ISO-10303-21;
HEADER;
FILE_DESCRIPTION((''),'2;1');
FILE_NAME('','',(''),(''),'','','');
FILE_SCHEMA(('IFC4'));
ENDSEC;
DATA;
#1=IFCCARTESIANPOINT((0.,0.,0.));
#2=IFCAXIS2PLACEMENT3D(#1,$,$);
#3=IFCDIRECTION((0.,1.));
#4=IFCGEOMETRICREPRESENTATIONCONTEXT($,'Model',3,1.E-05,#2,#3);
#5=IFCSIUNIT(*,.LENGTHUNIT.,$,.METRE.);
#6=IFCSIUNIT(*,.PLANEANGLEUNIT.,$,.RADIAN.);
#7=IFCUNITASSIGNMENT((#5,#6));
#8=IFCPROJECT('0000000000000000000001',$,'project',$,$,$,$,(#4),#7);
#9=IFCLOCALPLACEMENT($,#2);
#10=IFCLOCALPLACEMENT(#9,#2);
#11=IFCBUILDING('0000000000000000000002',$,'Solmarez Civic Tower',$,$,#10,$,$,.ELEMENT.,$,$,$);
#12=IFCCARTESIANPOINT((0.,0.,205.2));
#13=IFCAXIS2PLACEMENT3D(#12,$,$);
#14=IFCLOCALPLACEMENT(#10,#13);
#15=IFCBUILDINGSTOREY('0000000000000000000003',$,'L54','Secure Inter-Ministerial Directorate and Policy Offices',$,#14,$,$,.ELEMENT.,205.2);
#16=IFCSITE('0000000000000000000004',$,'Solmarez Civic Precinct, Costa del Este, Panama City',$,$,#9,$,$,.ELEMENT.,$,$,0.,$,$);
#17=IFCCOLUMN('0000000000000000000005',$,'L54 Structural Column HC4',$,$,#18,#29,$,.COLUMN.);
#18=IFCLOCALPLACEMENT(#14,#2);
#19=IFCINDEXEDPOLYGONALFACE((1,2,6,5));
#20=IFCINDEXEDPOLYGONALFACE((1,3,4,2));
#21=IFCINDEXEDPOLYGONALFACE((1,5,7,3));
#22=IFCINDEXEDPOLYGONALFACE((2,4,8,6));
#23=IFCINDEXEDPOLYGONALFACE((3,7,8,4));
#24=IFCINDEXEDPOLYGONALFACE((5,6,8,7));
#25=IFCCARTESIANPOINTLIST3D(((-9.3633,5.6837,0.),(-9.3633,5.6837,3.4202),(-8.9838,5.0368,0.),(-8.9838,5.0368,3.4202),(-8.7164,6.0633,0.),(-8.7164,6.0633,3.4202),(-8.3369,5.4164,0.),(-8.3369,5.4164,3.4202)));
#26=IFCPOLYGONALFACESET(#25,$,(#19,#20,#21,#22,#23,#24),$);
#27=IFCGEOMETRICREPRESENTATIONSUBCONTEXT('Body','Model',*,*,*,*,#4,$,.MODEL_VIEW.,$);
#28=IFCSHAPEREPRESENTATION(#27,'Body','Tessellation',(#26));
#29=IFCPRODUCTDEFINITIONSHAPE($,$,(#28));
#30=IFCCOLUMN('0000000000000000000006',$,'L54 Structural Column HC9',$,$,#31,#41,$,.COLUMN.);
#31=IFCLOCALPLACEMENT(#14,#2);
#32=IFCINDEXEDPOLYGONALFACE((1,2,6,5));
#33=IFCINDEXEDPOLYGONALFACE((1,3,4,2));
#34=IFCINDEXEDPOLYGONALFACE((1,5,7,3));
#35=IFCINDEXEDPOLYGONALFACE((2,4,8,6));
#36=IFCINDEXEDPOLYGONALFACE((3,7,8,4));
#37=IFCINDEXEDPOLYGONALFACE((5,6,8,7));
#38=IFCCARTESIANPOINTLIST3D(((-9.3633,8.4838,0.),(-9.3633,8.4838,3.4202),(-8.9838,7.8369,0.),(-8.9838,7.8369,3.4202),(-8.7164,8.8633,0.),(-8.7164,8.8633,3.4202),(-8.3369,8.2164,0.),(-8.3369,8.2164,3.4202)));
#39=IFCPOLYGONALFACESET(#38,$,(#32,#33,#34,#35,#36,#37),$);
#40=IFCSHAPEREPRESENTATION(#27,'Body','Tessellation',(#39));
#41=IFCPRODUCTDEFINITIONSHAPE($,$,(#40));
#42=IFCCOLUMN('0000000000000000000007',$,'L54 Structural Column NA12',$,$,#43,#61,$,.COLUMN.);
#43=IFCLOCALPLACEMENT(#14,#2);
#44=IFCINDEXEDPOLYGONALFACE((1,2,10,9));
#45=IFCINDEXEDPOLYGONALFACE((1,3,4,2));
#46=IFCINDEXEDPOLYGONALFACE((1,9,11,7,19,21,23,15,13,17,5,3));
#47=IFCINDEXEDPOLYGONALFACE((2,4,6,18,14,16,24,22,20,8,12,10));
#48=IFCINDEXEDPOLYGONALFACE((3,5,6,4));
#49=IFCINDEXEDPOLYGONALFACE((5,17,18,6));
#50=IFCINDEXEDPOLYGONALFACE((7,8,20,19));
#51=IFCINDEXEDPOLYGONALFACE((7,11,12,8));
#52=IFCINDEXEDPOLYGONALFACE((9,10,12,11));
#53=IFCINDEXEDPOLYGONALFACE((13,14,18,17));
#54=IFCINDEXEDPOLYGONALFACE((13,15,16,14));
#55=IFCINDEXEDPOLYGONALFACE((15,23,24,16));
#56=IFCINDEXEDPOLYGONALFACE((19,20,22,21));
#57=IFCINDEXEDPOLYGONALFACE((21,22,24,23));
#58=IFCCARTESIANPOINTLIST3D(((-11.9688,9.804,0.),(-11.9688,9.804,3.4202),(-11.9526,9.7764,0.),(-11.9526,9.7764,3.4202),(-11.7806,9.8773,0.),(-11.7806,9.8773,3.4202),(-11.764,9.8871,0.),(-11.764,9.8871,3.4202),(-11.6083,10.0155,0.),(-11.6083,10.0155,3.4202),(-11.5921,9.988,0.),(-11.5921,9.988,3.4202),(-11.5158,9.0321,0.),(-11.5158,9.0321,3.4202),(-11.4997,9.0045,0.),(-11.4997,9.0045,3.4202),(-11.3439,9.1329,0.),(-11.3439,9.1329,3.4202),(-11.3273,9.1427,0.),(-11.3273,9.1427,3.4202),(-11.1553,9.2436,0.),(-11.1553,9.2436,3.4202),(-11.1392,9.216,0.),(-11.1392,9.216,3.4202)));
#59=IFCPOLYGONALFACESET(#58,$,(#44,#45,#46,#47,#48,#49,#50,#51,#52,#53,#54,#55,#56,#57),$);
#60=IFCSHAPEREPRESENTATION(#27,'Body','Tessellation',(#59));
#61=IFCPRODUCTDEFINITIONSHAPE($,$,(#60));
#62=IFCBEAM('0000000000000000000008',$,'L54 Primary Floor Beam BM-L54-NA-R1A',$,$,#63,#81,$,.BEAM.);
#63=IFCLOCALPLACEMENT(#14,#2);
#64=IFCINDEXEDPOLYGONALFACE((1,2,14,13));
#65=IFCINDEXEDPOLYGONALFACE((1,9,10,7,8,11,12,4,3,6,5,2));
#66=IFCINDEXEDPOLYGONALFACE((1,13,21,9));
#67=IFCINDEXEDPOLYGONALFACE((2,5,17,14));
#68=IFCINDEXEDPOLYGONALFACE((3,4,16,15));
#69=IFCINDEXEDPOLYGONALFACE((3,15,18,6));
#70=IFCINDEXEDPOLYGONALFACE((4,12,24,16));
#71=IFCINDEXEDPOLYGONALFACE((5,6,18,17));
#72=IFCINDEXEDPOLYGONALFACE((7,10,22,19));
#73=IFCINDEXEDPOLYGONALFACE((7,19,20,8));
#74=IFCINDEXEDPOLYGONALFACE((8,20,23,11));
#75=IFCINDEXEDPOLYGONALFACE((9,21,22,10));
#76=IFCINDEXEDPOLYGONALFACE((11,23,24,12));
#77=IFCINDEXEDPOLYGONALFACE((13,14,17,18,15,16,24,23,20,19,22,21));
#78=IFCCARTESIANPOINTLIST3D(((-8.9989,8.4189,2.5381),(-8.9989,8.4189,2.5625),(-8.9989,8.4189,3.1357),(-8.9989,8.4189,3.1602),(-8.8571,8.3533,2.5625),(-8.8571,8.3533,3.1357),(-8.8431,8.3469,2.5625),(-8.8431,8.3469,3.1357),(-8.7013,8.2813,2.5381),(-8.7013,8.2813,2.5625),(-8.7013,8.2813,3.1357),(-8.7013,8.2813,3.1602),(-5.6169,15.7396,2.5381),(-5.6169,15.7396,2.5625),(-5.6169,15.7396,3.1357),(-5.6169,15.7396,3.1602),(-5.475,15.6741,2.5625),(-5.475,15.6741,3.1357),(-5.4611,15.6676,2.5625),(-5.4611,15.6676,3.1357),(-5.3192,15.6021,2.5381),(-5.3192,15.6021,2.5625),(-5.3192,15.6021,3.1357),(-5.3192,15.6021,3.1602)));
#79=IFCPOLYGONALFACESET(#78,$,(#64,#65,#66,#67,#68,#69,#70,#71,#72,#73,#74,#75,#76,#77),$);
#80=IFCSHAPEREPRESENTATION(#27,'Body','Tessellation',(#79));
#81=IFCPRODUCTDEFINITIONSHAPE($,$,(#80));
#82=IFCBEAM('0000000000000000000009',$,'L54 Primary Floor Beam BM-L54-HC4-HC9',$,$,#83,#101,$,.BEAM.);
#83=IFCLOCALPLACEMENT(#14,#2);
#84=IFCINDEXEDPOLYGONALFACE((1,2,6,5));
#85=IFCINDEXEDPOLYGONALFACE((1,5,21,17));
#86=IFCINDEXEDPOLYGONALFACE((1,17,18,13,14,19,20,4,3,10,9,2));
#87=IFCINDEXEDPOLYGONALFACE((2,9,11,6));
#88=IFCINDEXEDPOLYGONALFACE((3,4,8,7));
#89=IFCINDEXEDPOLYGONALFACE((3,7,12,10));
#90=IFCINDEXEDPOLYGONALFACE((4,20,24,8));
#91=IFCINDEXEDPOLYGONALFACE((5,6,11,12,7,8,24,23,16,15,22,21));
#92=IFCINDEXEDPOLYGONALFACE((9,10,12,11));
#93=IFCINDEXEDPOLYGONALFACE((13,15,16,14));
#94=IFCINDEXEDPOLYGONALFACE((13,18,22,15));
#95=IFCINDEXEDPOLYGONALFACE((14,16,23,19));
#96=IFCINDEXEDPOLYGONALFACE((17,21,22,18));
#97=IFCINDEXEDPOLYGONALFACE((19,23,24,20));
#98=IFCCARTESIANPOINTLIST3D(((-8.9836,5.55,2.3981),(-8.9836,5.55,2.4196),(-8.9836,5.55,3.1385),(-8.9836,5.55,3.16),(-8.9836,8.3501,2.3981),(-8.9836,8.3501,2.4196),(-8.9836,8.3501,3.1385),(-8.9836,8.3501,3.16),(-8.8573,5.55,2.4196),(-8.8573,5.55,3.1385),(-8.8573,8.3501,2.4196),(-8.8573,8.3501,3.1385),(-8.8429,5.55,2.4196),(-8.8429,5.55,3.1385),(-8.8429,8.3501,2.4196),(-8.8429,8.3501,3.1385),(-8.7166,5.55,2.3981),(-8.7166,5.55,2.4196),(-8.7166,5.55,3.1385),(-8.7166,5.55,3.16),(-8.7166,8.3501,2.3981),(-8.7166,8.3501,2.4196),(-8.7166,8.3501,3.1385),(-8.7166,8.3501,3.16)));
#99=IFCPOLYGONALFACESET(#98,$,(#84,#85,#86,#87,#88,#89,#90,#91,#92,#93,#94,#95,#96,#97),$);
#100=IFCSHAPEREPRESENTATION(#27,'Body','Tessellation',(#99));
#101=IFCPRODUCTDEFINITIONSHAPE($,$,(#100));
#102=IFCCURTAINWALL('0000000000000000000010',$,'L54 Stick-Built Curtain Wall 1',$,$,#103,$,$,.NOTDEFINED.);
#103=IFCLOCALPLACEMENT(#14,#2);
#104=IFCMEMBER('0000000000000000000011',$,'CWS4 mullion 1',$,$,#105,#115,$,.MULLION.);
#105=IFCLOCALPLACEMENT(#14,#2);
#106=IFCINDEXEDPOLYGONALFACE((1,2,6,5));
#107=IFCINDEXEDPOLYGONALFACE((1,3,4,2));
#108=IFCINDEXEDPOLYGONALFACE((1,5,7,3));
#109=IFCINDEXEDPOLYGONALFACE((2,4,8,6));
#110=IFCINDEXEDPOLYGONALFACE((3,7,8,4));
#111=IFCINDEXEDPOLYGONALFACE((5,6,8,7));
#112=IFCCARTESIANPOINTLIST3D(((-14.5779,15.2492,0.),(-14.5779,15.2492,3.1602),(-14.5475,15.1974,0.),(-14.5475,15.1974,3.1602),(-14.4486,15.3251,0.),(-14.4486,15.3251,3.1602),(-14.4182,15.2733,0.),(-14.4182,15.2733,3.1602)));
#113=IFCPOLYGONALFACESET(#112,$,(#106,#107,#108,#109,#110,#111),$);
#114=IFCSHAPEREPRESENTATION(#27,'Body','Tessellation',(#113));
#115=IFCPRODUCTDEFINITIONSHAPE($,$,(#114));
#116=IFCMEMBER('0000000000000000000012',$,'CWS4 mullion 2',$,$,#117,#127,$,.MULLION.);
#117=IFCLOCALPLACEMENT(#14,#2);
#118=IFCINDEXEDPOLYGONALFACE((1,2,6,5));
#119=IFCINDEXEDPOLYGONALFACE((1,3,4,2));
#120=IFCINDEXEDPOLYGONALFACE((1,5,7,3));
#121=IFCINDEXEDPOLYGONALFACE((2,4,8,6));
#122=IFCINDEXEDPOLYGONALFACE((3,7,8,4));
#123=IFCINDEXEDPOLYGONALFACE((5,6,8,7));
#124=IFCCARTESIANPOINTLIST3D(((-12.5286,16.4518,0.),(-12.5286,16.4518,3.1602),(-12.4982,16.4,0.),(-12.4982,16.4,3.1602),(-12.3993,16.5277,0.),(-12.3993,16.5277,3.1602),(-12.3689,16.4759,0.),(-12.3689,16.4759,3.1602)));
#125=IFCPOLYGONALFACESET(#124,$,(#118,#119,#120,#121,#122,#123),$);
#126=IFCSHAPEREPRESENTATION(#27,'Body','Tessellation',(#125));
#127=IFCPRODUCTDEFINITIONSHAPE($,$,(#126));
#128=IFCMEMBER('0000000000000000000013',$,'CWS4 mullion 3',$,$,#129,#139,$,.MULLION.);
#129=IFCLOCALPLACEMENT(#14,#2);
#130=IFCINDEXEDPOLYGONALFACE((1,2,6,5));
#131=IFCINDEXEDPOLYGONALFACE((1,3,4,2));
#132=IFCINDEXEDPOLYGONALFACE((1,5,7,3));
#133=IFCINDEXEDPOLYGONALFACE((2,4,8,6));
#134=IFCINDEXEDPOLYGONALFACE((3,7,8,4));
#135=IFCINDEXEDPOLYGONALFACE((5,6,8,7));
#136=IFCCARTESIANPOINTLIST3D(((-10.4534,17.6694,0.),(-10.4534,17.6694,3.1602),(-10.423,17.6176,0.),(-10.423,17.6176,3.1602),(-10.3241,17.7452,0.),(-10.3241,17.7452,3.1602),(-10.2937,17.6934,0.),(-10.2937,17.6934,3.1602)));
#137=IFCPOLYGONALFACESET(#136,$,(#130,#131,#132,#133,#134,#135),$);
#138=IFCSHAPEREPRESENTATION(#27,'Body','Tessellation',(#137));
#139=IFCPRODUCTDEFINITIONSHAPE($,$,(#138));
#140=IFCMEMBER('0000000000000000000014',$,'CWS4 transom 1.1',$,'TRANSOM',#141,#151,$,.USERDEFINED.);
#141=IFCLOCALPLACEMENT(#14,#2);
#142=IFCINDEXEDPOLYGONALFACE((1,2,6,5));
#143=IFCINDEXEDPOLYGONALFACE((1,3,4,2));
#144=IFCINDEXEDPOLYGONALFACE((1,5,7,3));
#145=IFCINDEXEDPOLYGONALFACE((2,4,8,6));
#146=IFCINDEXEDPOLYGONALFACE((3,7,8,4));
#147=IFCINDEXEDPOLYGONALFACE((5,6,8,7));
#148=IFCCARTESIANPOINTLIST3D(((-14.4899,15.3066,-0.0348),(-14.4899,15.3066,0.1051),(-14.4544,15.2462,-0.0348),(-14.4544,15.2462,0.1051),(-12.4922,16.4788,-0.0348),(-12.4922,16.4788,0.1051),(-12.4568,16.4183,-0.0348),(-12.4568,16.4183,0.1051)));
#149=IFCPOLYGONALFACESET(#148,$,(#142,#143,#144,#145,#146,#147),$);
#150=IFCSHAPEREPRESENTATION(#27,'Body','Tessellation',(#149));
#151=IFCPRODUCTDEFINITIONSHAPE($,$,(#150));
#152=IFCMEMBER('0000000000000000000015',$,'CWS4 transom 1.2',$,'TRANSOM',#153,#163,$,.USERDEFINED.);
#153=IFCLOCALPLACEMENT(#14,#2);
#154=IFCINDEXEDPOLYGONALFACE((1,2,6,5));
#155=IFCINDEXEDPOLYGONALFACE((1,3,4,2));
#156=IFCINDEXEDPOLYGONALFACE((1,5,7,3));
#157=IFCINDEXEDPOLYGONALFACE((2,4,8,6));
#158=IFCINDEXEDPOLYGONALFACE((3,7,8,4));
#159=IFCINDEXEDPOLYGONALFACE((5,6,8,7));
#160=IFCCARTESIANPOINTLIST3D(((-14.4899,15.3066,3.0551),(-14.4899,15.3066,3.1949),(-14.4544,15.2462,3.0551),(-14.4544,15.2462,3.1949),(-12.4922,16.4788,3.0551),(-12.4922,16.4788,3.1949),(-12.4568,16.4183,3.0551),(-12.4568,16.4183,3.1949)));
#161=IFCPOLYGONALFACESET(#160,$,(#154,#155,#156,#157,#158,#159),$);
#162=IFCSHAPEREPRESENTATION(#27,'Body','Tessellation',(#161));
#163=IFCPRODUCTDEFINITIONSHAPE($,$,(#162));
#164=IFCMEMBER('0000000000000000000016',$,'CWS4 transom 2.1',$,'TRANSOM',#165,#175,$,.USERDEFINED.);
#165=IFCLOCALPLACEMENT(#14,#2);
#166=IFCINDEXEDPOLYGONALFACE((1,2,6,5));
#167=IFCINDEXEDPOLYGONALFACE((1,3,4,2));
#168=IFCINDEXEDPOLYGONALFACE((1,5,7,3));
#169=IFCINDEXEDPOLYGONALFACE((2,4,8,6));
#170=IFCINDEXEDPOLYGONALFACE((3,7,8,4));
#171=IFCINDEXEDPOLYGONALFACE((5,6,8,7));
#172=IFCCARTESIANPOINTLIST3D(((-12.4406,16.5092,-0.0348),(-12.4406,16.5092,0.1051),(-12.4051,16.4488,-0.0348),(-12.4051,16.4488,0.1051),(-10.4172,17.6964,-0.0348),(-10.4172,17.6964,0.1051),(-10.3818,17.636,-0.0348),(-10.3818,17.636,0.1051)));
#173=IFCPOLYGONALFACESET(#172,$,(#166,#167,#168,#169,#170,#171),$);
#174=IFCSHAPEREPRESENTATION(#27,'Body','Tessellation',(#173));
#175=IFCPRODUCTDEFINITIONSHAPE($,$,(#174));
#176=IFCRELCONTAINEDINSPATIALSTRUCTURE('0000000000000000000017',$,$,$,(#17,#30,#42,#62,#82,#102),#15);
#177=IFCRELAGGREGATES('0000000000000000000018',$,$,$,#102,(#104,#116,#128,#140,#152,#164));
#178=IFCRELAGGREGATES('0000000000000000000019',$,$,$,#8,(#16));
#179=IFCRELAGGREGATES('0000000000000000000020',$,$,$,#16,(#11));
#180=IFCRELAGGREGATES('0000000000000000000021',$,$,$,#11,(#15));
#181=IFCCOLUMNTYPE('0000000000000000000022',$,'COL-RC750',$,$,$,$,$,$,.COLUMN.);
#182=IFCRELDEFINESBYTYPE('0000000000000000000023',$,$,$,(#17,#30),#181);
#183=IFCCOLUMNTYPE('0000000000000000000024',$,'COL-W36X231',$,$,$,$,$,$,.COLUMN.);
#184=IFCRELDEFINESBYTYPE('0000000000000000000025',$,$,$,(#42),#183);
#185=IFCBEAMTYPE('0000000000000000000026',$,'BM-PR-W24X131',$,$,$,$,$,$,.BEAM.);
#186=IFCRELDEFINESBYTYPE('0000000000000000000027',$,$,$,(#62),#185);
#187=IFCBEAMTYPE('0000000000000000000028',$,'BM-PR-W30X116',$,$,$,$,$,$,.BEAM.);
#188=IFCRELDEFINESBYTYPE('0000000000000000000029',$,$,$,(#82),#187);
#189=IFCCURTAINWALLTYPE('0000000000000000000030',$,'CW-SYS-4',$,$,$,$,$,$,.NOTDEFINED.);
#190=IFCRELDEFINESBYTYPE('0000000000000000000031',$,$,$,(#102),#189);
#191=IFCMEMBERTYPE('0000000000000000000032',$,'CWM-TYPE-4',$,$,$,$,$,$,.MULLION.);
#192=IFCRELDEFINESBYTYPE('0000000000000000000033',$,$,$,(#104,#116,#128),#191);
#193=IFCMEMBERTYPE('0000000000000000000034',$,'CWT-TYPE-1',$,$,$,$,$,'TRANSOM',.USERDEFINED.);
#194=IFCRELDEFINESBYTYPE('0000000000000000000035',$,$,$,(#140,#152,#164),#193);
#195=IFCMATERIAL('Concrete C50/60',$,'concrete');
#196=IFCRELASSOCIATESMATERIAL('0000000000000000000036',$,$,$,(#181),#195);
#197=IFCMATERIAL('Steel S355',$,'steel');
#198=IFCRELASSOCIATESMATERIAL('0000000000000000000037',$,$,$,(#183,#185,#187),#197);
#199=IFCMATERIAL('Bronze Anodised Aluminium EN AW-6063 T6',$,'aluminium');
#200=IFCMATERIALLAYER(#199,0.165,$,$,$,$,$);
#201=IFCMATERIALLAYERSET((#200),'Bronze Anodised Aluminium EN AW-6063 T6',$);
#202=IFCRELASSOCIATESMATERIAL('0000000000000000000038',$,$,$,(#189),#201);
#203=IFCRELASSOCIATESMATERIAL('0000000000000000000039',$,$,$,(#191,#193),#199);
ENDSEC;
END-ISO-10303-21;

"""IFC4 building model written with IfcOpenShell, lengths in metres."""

from ifc_helpers import new_model, si_unit, direction, frame, origin, origin_2d, place, context, subcontext, project, spatial, rectangle, i_section, extrude, material, layer, layer_set, material_profile, profile_set, type_object, element, aggregate, save


model = new_model("IFC4")

# Units and contexts
model_context = context("Model", 3, precision=1e-05, world=origin(), true_north=direction((0.0, 1.0)))
body_context = subcontext(model_context, "Body", "Model", "MODEL_VIEW")
ifc_project = project(units=[si_unit("LENGTHUNIT", "METRE"), si_unit("PLANEANGLEUNIT", "RADIAN")], contexts=[model_context])

# Site, building, storey
site_placement = place(None, origin())
site = spatial("IfcSite", under=ifc_project, at=site_placement, Name="Solmarez Civic Precinct, Costa del Este, Panama City", CompositionType="ELEMENT", RefElevation=0.0)
building_placement = place(site_placement, origin())
building = spatial("IfcBuilding", under=site, at=building_placement, Name="Solmarez Civic Tower", CompositionType="ELEMENT")
storey_placement = place(building_placement, frame((0.0, 0.0, 205.2)))
storey = spatial("IfcBuildingStorey", under=building, at=storey_placement, Name="L54", Description="Secure Inter-Ministerial Directorate and Policy Offices", CompositionType="ELEMENT", Elevation=205.2)

# Columns
ifc_material_1 = material(Name="Concrete C50/60", Category="concrete")
ifc_material_profile_1 = material_profile(ifc_material_1, rectangle(XDim=0.75, YDim=0.75, at=origin_2d()), Name="RC750X750")
ifc_profile_set_1 = profile_set([ifc_material_profile_1], Name="Concrete C50/60")
column_type_1 = type_object("IfcColumnType", Name="COL-RC750", PredefinedType="COLUMN", material=ifc_profile_set_1)
for number, where, z_axis, x_axis, name in (
    (1, (-8.8501, 5.55, 0.0), (0.0, 0.0, 1.0), (0.862514, 0.506034, 0.0), "L54 Structural Column HC4"),
    (2, (-8.8501, 8.3501, 0.0), (0.0, 0.0, 1.0), (0.862514, 0.506034, 0.0), "L54 Structural Column HC9"),
):
    element("IfcColumn", number, at=place(storey_placement, frame(where, z_axis=z_axis, x_axis=x_axis)), inside=storey, type_object=column_type_1, Name=name, PredefinedType="COLUMN", context=body_context, shape_type="SweptSolid", body=[
        extrude(rectangle(XDim=0.75, YDim=0.75, at=origin_2d()), origin(), (0.0, 0.0, 1.0), 3.4202),
    ])
ifc_material_2 = material(Name="Steel S355", Category="steel")
ifc_material_profile_2 = material_profile(ifc_material_2, i_section(OverallWidth=0.418, OverallDepth=0.927, WebThickness=0.0193, FlangeThickness=0.032, at=origin_2d()), Name="W36X231")
ifc_profile_set_2 = profile_set([ifc_material_profile_2], Name="Steel S355")
column_type_2 = type_object("IfcColumnType", Name="COL-W36X231", PredefinedType="COLUMN", material=ifc_profile_set_2)
column_placement = place(storey_placement, frame((-11.554, 9.51, 0.0), z_axis=(0.0, 0.0, 1.0), x_axis=(0.862514, 0.506034, 0.0)))
element("IfcColumn", 3, at=column_placement, inside=storey, type_object=column_type_2, Name="L54 Structural Column NA12", PredefinedType="COLUMN", context=body_context, shape_type="SweptSolid", body=[
    extrude(i_section(OverallWidth=0.418, OverallDepth=0.927, WebThickness=0.0193, FlangeThickness=0.032, at=origin_2d()), origin(), (0.0, 0.0, 1.0), 3.4202),
])

# Beams
ifc_material_profile_3 = material_profile(ifc_material_2, i_section(OverallWidth=0.3279, OverallDepth=0.6221, WebThickness=0.0154, FlangeThickness=0.0244, at=origin_2d()), Name="W24X131")
ifc_profile_set_3 = profile_set([ifc_material_profile_3], Name="Steel S355")
beam_type_1 = type_object("IfcBeamType", Name="BM-PR-W24X131", PredefinedType="BEAM", material=ifc_profile_set_3)
beam_1_placement = place(storey_placement, frame((-8.8501, 8.3501, 2.8491), z_axis=(0.41939, 0.907806, 0.0), x_axis=(-0.907806, 0.41939, 0.0)))
element("IfcBeam", 4, at=beam_1_placement, inside=storey, type_object=beam_type_1, Name="L54 Primary Floor Beam BM-L54-NA-R1A", PredefinedType="BEAM", context=body_context, shape_type="SweptSolid", body=[
    extrude(i_section(OverallWidth=0.3279, OverallDepth=0.6221, WebThickness=0.0154, FlangeThickness=0.0244, at=origin_2d()), origin(), (0.0, 0.0, 1.0), 8.0642),
])
ifc_material_profile_4 = material_profile(ifc_material_2, i_section(OverallWidth=0.2671, OverallDepth=0.762, WebThickness=0.0144, FlangeThickness=0.0215, at=origin_2d()), Name="W30X116")
ifc_profile_set_4 = profile_set([ifc_material_profile_4], Name="Steel S355")
beam_type_2 = type_object("IfcBeamType", Name="BM-PR-W30X116", PredefinedType="BEAM", material=ifc_profile_set_4)
beam_2_placement = place(storey_placement, frame((-8.8501, 5.55, 2.7791), z_axis=(0.0, 1.0, 0.0), x_axis=(-1.0, 0.0, 0.0)))
element("IfcBeam", 5, at=beam_2_placement, inside=storey, type_object=beam_type_2, Name="L54 Primary Floor Beam BM-L54-HC4-HC9", PredefinedType="BEAM", context=body_context, shape_type="SweptSolid", body=[
    extrude(i_section(OverallWidth=0.2671, OverallDepth=0.762, WebThickness=0.0144, FlangeThickness=0.0215, at=origin_2d()), origin(), (0.0, 0.0, 1.0), 2.8),
])

# Curtain wall, members
ifc_material_3 = material(Name="Bronze Anodised Aluminium EN AW-6063 T6", Category="aluminium")
ifc_layer_1 = layer(ifc_material_3, 0.165)
ifc_layer_set_1 = layer_set([ifc_layer_1], Name="Bronze Anodised Aluminium EN AW-6063 T6")
curtain_wall_type = type_object("IfcCurtainWallType", Name="CW-SYS-4", PredefinedType="NOTDEFINED", material=ifc_layer_set_1)
curtain_wall_placement = place(storey_placement, origin())
curtain_wall = element("IfcCurtainWall", 6, at=curtain_wall_placement, inside=storey, type_object=curtain_wall_type, Name="L54 Stick-Built Curtain Wall 1", PredefinedType="NOTDEFINED")
ifc_material_profile_5 = material_profile(ifc_material_3, rectangle(XDim=0.0601, YDim=0.1499, at=origin_2d()), Name="CWM-60X150")
ifc_profile_set_5 = profile_set([ifc_material_profile_5], Name="Bronze Anodised Aluminium EN AW-6063 T6")
member_type_1 = type_object("IfcMemberType", Name="CWM-TYPE-4", PredefinedType="MULLION", material=ifc_profile_set_5)
member_1_placement = place(storey_placement, frame((-14.498, 15.2612, 0.0), z_axis=(0.0, 0.0, 1.0), x_axis=(-0.506098, 0.862476, 0.0)))
member_1 = element("IfcMember", 7, at=member_1_placement, type_object=member_type_1, Name="CWS4 mullion 1", PredefinedType="MULLION", context=body_context, shape_type="SweptSolid", body=[
    extrude(rectangle(XDim=0.0601, YDim=0.1499, at=origin_2d()), origin(), (0.0, 0.0, 1.0), 3.1602),
])
member_2_placement = place(storey_placement, frame((-12.4487, 16.4639, 0.0), z_axis=(0.0, 0.0, 1.0), x_axis=(-0.506098, 0.862476, 0.0)))
member_2 = element("IfcMember", 8, at=member_2_placement, type_object=member_type_1, Name="CWS4 mullion 2", PredefinedType="MULLION", context=body_context, shape_type="SweptSolid", body=[
    extrude(rectangle(XDim=0.0601, YDim=0.1499, at=origin_2d()), origin(), (0.0, 0.0, 1.0), 3.1602),
])
member_3_placement = place(storey_placement, frame((-10.3735, 17.6814, 0.0), z_axis=(0.0, 0.0, 1.0), x_axis=(-0.506098, 0.862476, 0.0)))
member_3 = element("IfcMember", 9, at=member_3_placement, type_object=member_type_1, Name="CWS4 mullion 3", PredefinedType="MULLION", context=body_context, shape_type="SweptSolid", body=[
    extrude(rectangle(XDim=0.0601, YDim=0.1499, at=origin_2d()), origin(), (0.0, 0.0, 1.0), 3.1602),
])
ifc_material_profile_6 = material_profile(ifc_material_3, rectangle(XDim=0.0701, YDim=0.1399, at=origin_2d()), Name="CWT-70X140")
ifc_profile_set_6 = profile_set([ifc_material_profile_6], Name="Bronze Anodised Aluminium EN AW-6063 T6")
member_type_2 = type_object("IfcMemberType", Name="CWT-TYPE-1", ElementType="TRANSOM", PredefinedType="USERDEFINED", material=ifc_profile_set_6)
member_4_placement = place(storey_placement, frame((-14.4722, 15.2764, 0.0352), z_axis=(0.862484, 0.506085, 0.0), x_axis=(-0.506085, 0.862484, 0.0)))
member_4 = element("IfcMember", 10, at=member_4_placement, type_object=member_type_2, Name="CWS4 transom 1.1", ObjectType="TRANSOM", PredefinedType="USERDEFINED", context=body_context, shape_type="SweptSolid", body=[
    extrude(rectangle(XDim=0.0701, YDim=0.1399, at=origin_2d()), origin(), (0.0, 0.0, 1.0), 2.3162),
])
member_5_placement = place(storey_placement, frame((-14.4722, 15.2764, 3.125), z_axis=(0.862484, 0.506085, 0.0), x_axis=(-0.506085, 0.862484, 0.0)))
member_5 = element("IfcMember", 11, at=member_5_placement, type_object=member_type_2, Name="CWS4 transom 1.2", ObjectType="TRANSOM", PredefinedType="USERDEFINED", context=body_context, shape_type="SweptSolid", body=[
    extrude(rectangle(XDim=0.0701, YDim=0.1399, at=origin_2d()), origin(), (0.0, 0.0, 1.0), 2.3162),
])
member_6_placement = place(storey_placement, frame((-12.4229, 16.479, 0.0352), z_axis=(0.862493, 0.506069, 0.0), x_axis=(-0.506069, 0.862493, 0.0)))
member_6 = element("IfcMember", 12, at=member_6_placement, type_object=member_type_2, Name="CWS4 transom 2.1", ObjectType="TRANSOM", PredefinedType="USERDEFINED", context=body_context, shape_type="SweptSolid", body=[
    extrude(rectangle(XDim=0.0701, YDim=0.1399, at=origin_2d()), origin(), (0.0, 0.0, 1.0), 2.3459),
])
aggregate(curtain_wall, [member_1, member_2, member_3, member_4, member_5, member_6])

save(model, "model.ifc")
